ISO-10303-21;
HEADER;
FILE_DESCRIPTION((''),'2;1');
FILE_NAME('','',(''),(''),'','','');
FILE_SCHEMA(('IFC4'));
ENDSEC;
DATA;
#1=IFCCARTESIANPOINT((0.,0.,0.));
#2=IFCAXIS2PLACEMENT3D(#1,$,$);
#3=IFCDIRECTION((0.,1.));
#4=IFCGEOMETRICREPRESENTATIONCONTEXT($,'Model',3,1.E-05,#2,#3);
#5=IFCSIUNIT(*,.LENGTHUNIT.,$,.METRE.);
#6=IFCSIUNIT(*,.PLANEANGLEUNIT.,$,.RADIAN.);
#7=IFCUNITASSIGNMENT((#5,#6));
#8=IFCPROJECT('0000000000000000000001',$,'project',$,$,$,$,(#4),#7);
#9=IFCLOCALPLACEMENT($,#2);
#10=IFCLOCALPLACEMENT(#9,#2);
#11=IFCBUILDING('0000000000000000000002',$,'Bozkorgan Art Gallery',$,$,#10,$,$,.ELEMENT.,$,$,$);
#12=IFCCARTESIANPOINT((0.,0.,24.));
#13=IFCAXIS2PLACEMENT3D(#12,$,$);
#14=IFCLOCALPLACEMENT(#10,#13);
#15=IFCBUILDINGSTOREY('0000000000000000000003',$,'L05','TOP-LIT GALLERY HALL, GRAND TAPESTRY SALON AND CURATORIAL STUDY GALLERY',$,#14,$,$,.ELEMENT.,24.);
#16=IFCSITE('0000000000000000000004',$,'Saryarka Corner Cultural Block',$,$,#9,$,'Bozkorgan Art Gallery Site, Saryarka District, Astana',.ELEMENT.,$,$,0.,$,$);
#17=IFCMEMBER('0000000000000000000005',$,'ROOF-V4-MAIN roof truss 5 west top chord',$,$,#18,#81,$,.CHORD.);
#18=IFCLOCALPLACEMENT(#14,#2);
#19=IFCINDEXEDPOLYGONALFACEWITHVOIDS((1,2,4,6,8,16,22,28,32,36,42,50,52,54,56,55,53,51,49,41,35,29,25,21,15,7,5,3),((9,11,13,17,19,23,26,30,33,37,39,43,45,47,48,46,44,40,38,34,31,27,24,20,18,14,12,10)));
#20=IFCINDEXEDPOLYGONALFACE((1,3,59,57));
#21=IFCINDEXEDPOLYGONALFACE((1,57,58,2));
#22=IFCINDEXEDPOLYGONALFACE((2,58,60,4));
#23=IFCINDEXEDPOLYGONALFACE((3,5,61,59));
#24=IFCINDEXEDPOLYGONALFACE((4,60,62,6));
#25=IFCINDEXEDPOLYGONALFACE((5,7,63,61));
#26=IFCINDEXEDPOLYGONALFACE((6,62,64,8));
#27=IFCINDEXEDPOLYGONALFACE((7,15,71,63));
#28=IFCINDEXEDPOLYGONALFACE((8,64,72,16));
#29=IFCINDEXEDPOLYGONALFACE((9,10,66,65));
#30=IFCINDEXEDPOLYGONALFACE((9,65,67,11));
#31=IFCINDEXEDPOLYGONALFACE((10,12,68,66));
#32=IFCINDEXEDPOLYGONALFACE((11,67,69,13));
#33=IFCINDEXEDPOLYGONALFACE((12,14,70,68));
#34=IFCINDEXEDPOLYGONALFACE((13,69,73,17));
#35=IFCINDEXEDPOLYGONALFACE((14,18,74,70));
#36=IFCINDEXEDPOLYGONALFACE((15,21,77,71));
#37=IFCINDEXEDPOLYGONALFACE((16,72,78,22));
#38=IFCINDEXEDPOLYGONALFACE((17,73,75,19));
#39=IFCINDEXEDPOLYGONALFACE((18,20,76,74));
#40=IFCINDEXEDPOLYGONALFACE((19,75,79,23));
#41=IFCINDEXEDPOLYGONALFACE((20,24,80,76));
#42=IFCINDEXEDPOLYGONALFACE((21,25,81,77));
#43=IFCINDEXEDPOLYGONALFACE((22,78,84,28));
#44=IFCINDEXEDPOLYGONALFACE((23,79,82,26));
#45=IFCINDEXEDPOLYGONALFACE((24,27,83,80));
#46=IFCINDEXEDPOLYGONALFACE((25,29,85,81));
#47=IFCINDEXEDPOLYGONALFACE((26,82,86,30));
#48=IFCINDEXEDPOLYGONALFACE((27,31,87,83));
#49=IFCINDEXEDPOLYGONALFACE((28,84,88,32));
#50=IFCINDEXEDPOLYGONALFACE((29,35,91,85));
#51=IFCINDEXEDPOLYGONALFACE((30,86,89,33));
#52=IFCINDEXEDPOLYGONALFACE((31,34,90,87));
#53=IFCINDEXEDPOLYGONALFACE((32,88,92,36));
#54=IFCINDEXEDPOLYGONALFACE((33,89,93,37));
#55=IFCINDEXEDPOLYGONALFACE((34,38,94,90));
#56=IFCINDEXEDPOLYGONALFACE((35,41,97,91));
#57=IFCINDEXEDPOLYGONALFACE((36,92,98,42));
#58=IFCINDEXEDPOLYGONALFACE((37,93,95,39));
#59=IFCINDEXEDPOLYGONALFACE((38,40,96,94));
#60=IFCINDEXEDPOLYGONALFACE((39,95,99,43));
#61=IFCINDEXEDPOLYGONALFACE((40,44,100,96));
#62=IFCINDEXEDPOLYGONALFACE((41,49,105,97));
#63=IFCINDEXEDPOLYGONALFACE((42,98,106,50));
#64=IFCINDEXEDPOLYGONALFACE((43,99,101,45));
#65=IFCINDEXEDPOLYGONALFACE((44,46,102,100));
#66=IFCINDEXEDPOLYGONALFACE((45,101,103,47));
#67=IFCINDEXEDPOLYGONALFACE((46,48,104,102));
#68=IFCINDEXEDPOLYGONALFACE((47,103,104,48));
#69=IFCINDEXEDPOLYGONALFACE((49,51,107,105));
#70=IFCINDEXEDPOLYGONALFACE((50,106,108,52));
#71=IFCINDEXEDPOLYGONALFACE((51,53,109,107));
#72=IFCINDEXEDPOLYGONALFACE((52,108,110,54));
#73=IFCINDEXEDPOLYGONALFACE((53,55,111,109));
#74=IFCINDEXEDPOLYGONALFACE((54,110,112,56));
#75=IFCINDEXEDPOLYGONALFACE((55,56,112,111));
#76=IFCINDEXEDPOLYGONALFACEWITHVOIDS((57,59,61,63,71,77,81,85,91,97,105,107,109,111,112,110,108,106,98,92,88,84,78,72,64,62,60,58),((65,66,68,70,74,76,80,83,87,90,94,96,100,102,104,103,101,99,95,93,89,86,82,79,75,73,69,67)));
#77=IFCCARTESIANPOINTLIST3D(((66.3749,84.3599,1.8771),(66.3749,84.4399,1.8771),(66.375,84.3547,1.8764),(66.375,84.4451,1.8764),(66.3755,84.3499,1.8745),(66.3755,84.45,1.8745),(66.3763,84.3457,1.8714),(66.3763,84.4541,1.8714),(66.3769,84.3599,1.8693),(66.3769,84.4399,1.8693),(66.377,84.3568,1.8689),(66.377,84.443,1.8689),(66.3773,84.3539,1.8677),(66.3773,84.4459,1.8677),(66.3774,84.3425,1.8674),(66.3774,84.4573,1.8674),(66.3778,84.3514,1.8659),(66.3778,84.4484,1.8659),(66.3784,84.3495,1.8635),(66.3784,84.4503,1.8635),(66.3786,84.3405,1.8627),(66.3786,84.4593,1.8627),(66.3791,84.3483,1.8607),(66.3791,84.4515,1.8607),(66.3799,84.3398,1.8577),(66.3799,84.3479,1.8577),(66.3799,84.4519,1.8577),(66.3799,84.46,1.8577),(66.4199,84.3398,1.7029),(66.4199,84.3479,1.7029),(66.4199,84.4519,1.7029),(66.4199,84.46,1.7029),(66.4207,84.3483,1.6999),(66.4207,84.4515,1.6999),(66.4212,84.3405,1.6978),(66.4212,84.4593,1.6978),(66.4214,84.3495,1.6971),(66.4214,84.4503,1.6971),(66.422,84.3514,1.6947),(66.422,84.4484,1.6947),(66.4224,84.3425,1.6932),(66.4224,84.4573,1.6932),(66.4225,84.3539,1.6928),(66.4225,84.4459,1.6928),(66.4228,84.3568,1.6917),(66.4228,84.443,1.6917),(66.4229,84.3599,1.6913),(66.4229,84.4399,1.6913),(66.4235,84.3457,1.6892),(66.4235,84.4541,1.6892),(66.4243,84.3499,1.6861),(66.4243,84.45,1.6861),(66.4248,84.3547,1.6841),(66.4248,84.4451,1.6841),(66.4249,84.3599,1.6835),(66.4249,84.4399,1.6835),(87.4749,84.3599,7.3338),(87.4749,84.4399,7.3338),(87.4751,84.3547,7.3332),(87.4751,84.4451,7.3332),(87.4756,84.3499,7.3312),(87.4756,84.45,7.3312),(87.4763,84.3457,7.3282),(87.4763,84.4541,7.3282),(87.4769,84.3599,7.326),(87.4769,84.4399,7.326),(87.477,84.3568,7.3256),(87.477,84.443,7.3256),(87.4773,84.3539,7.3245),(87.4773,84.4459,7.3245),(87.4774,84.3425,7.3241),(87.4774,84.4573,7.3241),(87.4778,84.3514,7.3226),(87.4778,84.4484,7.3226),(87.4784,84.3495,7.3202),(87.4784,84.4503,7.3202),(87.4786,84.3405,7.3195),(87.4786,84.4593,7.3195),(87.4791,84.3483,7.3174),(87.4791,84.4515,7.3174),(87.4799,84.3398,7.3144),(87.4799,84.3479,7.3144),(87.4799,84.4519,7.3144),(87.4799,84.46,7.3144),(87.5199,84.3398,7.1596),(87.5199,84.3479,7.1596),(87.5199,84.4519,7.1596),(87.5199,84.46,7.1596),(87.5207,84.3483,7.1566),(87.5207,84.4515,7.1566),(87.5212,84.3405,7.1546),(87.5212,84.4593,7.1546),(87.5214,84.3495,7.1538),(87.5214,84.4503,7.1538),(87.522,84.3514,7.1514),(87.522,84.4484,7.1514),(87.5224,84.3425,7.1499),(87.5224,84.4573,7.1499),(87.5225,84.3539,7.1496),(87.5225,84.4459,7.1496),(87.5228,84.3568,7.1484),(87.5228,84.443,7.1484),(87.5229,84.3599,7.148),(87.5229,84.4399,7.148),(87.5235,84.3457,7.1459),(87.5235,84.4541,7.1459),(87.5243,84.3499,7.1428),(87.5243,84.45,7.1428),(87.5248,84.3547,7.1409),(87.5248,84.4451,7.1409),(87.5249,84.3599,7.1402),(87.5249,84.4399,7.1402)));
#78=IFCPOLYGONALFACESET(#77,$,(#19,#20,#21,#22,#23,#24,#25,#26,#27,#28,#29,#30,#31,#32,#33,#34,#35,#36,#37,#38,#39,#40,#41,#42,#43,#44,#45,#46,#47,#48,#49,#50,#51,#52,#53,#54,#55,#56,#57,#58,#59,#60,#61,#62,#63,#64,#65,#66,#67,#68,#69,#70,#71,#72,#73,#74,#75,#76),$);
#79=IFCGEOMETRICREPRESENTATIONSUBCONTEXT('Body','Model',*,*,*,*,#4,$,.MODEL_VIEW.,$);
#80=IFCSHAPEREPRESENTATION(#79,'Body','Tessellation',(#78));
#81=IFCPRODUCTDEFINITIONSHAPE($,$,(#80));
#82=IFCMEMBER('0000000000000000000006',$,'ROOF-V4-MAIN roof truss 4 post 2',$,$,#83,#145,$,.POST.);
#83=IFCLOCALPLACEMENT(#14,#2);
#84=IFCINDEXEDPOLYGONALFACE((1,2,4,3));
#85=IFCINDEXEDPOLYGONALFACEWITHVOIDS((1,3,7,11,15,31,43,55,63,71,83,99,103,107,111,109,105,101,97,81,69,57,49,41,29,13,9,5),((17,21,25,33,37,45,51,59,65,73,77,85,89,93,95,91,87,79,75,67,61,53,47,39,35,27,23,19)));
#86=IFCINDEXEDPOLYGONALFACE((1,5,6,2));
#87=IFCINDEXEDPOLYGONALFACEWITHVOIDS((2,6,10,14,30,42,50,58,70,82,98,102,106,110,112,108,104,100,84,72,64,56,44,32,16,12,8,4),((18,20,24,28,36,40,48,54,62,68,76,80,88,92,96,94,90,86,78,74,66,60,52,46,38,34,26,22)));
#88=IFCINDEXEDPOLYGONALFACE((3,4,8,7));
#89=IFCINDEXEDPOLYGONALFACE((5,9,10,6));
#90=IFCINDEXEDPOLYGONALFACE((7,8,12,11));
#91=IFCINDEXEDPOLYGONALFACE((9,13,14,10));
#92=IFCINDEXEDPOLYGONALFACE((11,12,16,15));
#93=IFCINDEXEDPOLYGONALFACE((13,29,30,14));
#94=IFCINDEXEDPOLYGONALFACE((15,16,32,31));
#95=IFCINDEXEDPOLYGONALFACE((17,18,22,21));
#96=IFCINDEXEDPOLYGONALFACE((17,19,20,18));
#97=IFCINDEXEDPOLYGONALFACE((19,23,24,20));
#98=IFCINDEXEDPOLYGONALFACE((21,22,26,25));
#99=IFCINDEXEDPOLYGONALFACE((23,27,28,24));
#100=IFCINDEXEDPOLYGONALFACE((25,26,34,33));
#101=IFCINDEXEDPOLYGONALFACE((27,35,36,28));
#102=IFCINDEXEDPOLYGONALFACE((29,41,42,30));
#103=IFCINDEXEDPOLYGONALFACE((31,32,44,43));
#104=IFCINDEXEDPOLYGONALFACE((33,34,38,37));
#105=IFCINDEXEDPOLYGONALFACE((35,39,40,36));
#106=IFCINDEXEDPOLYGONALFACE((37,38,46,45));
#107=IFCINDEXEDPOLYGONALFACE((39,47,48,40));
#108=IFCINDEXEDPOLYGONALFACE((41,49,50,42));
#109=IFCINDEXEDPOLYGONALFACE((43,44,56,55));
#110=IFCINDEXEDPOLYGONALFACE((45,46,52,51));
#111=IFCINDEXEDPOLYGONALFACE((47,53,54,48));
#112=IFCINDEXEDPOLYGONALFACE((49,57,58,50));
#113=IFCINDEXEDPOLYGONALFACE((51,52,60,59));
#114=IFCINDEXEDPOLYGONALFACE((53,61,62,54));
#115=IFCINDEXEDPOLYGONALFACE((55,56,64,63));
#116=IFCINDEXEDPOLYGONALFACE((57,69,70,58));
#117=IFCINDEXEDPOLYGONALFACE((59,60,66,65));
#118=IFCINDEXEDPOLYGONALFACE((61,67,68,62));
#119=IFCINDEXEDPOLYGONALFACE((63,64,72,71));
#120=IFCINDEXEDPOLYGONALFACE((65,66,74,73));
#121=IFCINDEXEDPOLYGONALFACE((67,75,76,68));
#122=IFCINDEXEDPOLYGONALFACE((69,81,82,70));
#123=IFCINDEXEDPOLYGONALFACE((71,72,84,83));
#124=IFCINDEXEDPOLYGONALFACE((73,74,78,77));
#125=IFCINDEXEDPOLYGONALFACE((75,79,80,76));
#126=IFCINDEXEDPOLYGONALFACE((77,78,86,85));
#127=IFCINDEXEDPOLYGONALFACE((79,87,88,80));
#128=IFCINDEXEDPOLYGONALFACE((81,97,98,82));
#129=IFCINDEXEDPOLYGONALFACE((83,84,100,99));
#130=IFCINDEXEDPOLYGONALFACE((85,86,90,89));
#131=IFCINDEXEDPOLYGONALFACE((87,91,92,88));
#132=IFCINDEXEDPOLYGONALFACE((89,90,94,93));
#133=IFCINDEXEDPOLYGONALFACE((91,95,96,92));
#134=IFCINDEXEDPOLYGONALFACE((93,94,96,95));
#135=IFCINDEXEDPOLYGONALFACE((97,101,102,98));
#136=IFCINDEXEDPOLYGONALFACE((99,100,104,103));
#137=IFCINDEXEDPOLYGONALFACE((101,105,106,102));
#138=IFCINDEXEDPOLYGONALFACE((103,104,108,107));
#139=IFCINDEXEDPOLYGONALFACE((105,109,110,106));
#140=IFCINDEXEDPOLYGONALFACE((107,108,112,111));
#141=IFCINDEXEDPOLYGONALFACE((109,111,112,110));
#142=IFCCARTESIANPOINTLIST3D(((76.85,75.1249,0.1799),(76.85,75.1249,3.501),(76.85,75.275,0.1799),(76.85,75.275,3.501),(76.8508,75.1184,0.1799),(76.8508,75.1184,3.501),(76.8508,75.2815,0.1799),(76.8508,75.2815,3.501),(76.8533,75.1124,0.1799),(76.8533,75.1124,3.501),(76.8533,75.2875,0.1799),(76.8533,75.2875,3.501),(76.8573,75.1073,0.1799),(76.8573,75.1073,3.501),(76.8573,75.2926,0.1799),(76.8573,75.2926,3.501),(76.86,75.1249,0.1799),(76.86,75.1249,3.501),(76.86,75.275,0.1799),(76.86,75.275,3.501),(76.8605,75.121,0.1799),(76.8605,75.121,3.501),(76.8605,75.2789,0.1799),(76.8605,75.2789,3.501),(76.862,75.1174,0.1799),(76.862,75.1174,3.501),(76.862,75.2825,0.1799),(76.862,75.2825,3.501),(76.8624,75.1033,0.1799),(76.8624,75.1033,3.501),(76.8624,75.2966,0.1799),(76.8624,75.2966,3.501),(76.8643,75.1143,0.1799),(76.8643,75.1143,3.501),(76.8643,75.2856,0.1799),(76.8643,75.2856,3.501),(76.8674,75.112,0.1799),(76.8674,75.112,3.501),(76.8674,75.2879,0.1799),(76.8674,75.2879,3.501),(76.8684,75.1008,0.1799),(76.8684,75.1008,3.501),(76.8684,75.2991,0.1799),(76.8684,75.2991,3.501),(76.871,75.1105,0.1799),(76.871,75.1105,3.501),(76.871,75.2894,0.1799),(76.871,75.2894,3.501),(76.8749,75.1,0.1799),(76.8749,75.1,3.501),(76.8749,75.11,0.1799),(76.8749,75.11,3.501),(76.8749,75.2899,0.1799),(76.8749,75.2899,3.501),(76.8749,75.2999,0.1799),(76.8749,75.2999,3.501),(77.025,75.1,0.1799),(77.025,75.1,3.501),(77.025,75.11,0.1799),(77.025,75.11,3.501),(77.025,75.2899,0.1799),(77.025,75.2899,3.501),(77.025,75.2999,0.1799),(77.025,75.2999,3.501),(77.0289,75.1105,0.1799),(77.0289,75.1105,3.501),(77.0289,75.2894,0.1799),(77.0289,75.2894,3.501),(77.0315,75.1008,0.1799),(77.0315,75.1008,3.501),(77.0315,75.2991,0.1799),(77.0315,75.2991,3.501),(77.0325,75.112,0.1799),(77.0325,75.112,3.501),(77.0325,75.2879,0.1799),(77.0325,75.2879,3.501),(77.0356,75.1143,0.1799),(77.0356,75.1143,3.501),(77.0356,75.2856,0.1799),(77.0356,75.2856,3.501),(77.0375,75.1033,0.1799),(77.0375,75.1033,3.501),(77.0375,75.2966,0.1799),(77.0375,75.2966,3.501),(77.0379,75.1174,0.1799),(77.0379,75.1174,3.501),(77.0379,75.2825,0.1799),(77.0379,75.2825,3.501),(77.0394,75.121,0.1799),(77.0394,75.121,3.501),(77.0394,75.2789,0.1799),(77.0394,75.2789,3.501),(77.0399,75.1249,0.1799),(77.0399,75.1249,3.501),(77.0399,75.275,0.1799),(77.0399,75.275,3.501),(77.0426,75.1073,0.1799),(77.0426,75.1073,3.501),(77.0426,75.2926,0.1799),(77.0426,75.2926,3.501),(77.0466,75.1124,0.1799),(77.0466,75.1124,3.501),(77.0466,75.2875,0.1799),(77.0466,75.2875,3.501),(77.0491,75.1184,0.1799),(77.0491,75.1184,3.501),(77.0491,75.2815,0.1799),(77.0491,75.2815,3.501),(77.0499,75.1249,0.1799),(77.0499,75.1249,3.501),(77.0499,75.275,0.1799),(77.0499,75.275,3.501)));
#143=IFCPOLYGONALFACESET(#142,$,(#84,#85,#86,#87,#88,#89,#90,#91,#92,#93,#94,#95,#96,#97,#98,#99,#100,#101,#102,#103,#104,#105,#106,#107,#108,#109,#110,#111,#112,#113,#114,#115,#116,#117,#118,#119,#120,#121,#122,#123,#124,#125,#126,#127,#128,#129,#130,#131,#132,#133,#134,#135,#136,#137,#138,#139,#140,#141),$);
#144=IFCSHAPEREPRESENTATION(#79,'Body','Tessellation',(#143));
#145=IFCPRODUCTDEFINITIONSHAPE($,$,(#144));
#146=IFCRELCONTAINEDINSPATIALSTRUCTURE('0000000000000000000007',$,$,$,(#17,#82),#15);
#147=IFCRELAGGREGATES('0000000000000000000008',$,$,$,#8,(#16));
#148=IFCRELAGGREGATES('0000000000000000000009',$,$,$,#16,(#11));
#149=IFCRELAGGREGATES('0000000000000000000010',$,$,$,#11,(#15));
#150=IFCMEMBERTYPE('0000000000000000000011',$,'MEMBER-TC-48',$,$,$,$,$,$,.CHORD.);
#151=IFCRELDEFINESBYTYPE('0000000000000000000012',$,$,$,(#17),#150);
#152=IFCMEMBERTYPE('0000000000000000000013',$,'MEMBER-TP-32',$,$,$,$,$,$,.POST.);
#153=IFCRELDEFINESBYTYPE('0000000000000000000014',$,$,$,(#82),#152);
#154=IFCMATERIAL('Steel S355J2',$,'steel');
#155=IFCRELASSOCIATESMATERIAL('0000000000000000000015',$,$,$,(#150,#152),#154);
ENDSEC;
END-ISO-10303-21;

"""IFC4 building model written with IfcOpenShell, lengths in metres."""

from ifc_helpers import new_model, si_unit, direction, frame, origin, origin_2d, place, context, subcontext, project, spatial, hollow_rectangle, extrude, material, material_profile, profile_set, type_object, element, save


model = new_model("IFC4")

# Units and contexts
model_context = context("Model", 3, precision=1e-05, world=origin(), true_north=direction((0.0, 1.0)))
body_context = subcontext(model_context, "Body", "Model", "MODEL_VIEW")
ifc_project = project(units=[si_unit("LENGTHUNIT", "METRE"), si_unit("PLANEANGLEUNIT", "RADIAN")], contexts=[model_context])

# Site, building, storey
site_placement = place(None, origin())
site = spatial("IfcSite", under=ifc_project, at=site_placement, Name="Saryarka Corner Cultural Block", LongName="Bozkorgan Art Gallery Site, Saryarka District, Astana", CompositionType="ELEMENT", RefElevation=0.0)
building_placement = place(site_placement, origin())
building = spatial("IfcBuilding", under=site, at=building_placement, Name="Bozkorgan Art Gallery", CompositionType="ELEMENT")
storey_placement = place(building_placement, frame((0.0, 0.0, 24.0)))
storey = spatial("IfcBuildingStorey", under=building, at=storey_placement, Name="L05", Description="TOP-LIT GALLERY HALL, GRAND TAPESTRY SALON AND CURATORIAL STUDY GALLERY", CompositionType="ELEMENT", Elevation=24.0)

# Shared definitions
ifc_material = material(Name="Steel S355J2", Category="steel")

# Members
ifc_material_profile_1 = material_profile(ifc_material, hollow_rectangle(XDim=0.1201, YDim=0.2, WallThickness=0.0081, InnerFilletRadius=0.012, OuterFilletRadius=0.02, at=origin_2d()), Name="RHS 200x120x8")
ifc_profile_set_1 = profile_set([ifc_material_profile_1], Name="Steel S355J2")
member_type_1 = type_object("IfcMemberType", Name="MEMBER-TC-48", PredefinedType="CHORD", material=ifc_profile_set_1)
member_1_placement = place(storey_placement, frame((66.3999, 84.3999, 1.7803), z_axis=(0.968148, 0.0, 0.250377), x_axis=(0.0, 1.0, 0.0)))
element("IfcMember", 1, at=member_1_placement, inside=storey, type_object=member_type_1, Name="ROOF-V4-MAIN roof truss 5 west top chord", PredefinedType="CHORD", context=body_context, shape_type="SweptSolid", body=[
    extrude(hollow_rectangle(XDim=0.1201, YDim=0.2, WallThickness=0.0081, InnerFilletRadius=0.012, OuterFilletRadius=0.02, at=origin_2d()), origin(), (0.0, 0.0, 1.0), 21.7942),
])
ifc_material_profile_2 = material_profile(ifc_material, hollow_rectangle(XDim=0.2, YDim=0.2, WallThickness=0.01, InnerFilletRadius=0.0149, OuterFilletRadius=0.0249, at=origin_2d()), Name="SHS 200x200x10")
ifc_profile_set_2 = profile_set([ifc_material_profile_2], Name="Steel S355J2")
member_type_2 = type_object("IfcMemberType", Name="MEMBER-TP-32", PredefinedType="POST", material=ifc_profile_set_2)
member_2_placement = place(storey_placement, frame((76.95, 75.2, 0.1799), z_axis=(0.0, 0.0, 1.0), x_axis=(1.0, 0.0, 0.0)))
element("IfcMember", 2, at=member_2_placement, inside=storey, type_object=member_type_2, Name="ROOF-V4-MAIN roof truss 4 post 2", PredefinedType="POST", context=body_context, shape_type="SweptSolid", body=[
    extrude(hollow_rectangle(XDim=0.2, YDim=0.2, WallThickness=0.01, InnerFilletRadius=0.0149, OuterFilletRadius=0.0249, at=origin_2d()), origin(), (0.0, 0.0, 1.0), 3.321),
])

save(model, "model.ifc")
